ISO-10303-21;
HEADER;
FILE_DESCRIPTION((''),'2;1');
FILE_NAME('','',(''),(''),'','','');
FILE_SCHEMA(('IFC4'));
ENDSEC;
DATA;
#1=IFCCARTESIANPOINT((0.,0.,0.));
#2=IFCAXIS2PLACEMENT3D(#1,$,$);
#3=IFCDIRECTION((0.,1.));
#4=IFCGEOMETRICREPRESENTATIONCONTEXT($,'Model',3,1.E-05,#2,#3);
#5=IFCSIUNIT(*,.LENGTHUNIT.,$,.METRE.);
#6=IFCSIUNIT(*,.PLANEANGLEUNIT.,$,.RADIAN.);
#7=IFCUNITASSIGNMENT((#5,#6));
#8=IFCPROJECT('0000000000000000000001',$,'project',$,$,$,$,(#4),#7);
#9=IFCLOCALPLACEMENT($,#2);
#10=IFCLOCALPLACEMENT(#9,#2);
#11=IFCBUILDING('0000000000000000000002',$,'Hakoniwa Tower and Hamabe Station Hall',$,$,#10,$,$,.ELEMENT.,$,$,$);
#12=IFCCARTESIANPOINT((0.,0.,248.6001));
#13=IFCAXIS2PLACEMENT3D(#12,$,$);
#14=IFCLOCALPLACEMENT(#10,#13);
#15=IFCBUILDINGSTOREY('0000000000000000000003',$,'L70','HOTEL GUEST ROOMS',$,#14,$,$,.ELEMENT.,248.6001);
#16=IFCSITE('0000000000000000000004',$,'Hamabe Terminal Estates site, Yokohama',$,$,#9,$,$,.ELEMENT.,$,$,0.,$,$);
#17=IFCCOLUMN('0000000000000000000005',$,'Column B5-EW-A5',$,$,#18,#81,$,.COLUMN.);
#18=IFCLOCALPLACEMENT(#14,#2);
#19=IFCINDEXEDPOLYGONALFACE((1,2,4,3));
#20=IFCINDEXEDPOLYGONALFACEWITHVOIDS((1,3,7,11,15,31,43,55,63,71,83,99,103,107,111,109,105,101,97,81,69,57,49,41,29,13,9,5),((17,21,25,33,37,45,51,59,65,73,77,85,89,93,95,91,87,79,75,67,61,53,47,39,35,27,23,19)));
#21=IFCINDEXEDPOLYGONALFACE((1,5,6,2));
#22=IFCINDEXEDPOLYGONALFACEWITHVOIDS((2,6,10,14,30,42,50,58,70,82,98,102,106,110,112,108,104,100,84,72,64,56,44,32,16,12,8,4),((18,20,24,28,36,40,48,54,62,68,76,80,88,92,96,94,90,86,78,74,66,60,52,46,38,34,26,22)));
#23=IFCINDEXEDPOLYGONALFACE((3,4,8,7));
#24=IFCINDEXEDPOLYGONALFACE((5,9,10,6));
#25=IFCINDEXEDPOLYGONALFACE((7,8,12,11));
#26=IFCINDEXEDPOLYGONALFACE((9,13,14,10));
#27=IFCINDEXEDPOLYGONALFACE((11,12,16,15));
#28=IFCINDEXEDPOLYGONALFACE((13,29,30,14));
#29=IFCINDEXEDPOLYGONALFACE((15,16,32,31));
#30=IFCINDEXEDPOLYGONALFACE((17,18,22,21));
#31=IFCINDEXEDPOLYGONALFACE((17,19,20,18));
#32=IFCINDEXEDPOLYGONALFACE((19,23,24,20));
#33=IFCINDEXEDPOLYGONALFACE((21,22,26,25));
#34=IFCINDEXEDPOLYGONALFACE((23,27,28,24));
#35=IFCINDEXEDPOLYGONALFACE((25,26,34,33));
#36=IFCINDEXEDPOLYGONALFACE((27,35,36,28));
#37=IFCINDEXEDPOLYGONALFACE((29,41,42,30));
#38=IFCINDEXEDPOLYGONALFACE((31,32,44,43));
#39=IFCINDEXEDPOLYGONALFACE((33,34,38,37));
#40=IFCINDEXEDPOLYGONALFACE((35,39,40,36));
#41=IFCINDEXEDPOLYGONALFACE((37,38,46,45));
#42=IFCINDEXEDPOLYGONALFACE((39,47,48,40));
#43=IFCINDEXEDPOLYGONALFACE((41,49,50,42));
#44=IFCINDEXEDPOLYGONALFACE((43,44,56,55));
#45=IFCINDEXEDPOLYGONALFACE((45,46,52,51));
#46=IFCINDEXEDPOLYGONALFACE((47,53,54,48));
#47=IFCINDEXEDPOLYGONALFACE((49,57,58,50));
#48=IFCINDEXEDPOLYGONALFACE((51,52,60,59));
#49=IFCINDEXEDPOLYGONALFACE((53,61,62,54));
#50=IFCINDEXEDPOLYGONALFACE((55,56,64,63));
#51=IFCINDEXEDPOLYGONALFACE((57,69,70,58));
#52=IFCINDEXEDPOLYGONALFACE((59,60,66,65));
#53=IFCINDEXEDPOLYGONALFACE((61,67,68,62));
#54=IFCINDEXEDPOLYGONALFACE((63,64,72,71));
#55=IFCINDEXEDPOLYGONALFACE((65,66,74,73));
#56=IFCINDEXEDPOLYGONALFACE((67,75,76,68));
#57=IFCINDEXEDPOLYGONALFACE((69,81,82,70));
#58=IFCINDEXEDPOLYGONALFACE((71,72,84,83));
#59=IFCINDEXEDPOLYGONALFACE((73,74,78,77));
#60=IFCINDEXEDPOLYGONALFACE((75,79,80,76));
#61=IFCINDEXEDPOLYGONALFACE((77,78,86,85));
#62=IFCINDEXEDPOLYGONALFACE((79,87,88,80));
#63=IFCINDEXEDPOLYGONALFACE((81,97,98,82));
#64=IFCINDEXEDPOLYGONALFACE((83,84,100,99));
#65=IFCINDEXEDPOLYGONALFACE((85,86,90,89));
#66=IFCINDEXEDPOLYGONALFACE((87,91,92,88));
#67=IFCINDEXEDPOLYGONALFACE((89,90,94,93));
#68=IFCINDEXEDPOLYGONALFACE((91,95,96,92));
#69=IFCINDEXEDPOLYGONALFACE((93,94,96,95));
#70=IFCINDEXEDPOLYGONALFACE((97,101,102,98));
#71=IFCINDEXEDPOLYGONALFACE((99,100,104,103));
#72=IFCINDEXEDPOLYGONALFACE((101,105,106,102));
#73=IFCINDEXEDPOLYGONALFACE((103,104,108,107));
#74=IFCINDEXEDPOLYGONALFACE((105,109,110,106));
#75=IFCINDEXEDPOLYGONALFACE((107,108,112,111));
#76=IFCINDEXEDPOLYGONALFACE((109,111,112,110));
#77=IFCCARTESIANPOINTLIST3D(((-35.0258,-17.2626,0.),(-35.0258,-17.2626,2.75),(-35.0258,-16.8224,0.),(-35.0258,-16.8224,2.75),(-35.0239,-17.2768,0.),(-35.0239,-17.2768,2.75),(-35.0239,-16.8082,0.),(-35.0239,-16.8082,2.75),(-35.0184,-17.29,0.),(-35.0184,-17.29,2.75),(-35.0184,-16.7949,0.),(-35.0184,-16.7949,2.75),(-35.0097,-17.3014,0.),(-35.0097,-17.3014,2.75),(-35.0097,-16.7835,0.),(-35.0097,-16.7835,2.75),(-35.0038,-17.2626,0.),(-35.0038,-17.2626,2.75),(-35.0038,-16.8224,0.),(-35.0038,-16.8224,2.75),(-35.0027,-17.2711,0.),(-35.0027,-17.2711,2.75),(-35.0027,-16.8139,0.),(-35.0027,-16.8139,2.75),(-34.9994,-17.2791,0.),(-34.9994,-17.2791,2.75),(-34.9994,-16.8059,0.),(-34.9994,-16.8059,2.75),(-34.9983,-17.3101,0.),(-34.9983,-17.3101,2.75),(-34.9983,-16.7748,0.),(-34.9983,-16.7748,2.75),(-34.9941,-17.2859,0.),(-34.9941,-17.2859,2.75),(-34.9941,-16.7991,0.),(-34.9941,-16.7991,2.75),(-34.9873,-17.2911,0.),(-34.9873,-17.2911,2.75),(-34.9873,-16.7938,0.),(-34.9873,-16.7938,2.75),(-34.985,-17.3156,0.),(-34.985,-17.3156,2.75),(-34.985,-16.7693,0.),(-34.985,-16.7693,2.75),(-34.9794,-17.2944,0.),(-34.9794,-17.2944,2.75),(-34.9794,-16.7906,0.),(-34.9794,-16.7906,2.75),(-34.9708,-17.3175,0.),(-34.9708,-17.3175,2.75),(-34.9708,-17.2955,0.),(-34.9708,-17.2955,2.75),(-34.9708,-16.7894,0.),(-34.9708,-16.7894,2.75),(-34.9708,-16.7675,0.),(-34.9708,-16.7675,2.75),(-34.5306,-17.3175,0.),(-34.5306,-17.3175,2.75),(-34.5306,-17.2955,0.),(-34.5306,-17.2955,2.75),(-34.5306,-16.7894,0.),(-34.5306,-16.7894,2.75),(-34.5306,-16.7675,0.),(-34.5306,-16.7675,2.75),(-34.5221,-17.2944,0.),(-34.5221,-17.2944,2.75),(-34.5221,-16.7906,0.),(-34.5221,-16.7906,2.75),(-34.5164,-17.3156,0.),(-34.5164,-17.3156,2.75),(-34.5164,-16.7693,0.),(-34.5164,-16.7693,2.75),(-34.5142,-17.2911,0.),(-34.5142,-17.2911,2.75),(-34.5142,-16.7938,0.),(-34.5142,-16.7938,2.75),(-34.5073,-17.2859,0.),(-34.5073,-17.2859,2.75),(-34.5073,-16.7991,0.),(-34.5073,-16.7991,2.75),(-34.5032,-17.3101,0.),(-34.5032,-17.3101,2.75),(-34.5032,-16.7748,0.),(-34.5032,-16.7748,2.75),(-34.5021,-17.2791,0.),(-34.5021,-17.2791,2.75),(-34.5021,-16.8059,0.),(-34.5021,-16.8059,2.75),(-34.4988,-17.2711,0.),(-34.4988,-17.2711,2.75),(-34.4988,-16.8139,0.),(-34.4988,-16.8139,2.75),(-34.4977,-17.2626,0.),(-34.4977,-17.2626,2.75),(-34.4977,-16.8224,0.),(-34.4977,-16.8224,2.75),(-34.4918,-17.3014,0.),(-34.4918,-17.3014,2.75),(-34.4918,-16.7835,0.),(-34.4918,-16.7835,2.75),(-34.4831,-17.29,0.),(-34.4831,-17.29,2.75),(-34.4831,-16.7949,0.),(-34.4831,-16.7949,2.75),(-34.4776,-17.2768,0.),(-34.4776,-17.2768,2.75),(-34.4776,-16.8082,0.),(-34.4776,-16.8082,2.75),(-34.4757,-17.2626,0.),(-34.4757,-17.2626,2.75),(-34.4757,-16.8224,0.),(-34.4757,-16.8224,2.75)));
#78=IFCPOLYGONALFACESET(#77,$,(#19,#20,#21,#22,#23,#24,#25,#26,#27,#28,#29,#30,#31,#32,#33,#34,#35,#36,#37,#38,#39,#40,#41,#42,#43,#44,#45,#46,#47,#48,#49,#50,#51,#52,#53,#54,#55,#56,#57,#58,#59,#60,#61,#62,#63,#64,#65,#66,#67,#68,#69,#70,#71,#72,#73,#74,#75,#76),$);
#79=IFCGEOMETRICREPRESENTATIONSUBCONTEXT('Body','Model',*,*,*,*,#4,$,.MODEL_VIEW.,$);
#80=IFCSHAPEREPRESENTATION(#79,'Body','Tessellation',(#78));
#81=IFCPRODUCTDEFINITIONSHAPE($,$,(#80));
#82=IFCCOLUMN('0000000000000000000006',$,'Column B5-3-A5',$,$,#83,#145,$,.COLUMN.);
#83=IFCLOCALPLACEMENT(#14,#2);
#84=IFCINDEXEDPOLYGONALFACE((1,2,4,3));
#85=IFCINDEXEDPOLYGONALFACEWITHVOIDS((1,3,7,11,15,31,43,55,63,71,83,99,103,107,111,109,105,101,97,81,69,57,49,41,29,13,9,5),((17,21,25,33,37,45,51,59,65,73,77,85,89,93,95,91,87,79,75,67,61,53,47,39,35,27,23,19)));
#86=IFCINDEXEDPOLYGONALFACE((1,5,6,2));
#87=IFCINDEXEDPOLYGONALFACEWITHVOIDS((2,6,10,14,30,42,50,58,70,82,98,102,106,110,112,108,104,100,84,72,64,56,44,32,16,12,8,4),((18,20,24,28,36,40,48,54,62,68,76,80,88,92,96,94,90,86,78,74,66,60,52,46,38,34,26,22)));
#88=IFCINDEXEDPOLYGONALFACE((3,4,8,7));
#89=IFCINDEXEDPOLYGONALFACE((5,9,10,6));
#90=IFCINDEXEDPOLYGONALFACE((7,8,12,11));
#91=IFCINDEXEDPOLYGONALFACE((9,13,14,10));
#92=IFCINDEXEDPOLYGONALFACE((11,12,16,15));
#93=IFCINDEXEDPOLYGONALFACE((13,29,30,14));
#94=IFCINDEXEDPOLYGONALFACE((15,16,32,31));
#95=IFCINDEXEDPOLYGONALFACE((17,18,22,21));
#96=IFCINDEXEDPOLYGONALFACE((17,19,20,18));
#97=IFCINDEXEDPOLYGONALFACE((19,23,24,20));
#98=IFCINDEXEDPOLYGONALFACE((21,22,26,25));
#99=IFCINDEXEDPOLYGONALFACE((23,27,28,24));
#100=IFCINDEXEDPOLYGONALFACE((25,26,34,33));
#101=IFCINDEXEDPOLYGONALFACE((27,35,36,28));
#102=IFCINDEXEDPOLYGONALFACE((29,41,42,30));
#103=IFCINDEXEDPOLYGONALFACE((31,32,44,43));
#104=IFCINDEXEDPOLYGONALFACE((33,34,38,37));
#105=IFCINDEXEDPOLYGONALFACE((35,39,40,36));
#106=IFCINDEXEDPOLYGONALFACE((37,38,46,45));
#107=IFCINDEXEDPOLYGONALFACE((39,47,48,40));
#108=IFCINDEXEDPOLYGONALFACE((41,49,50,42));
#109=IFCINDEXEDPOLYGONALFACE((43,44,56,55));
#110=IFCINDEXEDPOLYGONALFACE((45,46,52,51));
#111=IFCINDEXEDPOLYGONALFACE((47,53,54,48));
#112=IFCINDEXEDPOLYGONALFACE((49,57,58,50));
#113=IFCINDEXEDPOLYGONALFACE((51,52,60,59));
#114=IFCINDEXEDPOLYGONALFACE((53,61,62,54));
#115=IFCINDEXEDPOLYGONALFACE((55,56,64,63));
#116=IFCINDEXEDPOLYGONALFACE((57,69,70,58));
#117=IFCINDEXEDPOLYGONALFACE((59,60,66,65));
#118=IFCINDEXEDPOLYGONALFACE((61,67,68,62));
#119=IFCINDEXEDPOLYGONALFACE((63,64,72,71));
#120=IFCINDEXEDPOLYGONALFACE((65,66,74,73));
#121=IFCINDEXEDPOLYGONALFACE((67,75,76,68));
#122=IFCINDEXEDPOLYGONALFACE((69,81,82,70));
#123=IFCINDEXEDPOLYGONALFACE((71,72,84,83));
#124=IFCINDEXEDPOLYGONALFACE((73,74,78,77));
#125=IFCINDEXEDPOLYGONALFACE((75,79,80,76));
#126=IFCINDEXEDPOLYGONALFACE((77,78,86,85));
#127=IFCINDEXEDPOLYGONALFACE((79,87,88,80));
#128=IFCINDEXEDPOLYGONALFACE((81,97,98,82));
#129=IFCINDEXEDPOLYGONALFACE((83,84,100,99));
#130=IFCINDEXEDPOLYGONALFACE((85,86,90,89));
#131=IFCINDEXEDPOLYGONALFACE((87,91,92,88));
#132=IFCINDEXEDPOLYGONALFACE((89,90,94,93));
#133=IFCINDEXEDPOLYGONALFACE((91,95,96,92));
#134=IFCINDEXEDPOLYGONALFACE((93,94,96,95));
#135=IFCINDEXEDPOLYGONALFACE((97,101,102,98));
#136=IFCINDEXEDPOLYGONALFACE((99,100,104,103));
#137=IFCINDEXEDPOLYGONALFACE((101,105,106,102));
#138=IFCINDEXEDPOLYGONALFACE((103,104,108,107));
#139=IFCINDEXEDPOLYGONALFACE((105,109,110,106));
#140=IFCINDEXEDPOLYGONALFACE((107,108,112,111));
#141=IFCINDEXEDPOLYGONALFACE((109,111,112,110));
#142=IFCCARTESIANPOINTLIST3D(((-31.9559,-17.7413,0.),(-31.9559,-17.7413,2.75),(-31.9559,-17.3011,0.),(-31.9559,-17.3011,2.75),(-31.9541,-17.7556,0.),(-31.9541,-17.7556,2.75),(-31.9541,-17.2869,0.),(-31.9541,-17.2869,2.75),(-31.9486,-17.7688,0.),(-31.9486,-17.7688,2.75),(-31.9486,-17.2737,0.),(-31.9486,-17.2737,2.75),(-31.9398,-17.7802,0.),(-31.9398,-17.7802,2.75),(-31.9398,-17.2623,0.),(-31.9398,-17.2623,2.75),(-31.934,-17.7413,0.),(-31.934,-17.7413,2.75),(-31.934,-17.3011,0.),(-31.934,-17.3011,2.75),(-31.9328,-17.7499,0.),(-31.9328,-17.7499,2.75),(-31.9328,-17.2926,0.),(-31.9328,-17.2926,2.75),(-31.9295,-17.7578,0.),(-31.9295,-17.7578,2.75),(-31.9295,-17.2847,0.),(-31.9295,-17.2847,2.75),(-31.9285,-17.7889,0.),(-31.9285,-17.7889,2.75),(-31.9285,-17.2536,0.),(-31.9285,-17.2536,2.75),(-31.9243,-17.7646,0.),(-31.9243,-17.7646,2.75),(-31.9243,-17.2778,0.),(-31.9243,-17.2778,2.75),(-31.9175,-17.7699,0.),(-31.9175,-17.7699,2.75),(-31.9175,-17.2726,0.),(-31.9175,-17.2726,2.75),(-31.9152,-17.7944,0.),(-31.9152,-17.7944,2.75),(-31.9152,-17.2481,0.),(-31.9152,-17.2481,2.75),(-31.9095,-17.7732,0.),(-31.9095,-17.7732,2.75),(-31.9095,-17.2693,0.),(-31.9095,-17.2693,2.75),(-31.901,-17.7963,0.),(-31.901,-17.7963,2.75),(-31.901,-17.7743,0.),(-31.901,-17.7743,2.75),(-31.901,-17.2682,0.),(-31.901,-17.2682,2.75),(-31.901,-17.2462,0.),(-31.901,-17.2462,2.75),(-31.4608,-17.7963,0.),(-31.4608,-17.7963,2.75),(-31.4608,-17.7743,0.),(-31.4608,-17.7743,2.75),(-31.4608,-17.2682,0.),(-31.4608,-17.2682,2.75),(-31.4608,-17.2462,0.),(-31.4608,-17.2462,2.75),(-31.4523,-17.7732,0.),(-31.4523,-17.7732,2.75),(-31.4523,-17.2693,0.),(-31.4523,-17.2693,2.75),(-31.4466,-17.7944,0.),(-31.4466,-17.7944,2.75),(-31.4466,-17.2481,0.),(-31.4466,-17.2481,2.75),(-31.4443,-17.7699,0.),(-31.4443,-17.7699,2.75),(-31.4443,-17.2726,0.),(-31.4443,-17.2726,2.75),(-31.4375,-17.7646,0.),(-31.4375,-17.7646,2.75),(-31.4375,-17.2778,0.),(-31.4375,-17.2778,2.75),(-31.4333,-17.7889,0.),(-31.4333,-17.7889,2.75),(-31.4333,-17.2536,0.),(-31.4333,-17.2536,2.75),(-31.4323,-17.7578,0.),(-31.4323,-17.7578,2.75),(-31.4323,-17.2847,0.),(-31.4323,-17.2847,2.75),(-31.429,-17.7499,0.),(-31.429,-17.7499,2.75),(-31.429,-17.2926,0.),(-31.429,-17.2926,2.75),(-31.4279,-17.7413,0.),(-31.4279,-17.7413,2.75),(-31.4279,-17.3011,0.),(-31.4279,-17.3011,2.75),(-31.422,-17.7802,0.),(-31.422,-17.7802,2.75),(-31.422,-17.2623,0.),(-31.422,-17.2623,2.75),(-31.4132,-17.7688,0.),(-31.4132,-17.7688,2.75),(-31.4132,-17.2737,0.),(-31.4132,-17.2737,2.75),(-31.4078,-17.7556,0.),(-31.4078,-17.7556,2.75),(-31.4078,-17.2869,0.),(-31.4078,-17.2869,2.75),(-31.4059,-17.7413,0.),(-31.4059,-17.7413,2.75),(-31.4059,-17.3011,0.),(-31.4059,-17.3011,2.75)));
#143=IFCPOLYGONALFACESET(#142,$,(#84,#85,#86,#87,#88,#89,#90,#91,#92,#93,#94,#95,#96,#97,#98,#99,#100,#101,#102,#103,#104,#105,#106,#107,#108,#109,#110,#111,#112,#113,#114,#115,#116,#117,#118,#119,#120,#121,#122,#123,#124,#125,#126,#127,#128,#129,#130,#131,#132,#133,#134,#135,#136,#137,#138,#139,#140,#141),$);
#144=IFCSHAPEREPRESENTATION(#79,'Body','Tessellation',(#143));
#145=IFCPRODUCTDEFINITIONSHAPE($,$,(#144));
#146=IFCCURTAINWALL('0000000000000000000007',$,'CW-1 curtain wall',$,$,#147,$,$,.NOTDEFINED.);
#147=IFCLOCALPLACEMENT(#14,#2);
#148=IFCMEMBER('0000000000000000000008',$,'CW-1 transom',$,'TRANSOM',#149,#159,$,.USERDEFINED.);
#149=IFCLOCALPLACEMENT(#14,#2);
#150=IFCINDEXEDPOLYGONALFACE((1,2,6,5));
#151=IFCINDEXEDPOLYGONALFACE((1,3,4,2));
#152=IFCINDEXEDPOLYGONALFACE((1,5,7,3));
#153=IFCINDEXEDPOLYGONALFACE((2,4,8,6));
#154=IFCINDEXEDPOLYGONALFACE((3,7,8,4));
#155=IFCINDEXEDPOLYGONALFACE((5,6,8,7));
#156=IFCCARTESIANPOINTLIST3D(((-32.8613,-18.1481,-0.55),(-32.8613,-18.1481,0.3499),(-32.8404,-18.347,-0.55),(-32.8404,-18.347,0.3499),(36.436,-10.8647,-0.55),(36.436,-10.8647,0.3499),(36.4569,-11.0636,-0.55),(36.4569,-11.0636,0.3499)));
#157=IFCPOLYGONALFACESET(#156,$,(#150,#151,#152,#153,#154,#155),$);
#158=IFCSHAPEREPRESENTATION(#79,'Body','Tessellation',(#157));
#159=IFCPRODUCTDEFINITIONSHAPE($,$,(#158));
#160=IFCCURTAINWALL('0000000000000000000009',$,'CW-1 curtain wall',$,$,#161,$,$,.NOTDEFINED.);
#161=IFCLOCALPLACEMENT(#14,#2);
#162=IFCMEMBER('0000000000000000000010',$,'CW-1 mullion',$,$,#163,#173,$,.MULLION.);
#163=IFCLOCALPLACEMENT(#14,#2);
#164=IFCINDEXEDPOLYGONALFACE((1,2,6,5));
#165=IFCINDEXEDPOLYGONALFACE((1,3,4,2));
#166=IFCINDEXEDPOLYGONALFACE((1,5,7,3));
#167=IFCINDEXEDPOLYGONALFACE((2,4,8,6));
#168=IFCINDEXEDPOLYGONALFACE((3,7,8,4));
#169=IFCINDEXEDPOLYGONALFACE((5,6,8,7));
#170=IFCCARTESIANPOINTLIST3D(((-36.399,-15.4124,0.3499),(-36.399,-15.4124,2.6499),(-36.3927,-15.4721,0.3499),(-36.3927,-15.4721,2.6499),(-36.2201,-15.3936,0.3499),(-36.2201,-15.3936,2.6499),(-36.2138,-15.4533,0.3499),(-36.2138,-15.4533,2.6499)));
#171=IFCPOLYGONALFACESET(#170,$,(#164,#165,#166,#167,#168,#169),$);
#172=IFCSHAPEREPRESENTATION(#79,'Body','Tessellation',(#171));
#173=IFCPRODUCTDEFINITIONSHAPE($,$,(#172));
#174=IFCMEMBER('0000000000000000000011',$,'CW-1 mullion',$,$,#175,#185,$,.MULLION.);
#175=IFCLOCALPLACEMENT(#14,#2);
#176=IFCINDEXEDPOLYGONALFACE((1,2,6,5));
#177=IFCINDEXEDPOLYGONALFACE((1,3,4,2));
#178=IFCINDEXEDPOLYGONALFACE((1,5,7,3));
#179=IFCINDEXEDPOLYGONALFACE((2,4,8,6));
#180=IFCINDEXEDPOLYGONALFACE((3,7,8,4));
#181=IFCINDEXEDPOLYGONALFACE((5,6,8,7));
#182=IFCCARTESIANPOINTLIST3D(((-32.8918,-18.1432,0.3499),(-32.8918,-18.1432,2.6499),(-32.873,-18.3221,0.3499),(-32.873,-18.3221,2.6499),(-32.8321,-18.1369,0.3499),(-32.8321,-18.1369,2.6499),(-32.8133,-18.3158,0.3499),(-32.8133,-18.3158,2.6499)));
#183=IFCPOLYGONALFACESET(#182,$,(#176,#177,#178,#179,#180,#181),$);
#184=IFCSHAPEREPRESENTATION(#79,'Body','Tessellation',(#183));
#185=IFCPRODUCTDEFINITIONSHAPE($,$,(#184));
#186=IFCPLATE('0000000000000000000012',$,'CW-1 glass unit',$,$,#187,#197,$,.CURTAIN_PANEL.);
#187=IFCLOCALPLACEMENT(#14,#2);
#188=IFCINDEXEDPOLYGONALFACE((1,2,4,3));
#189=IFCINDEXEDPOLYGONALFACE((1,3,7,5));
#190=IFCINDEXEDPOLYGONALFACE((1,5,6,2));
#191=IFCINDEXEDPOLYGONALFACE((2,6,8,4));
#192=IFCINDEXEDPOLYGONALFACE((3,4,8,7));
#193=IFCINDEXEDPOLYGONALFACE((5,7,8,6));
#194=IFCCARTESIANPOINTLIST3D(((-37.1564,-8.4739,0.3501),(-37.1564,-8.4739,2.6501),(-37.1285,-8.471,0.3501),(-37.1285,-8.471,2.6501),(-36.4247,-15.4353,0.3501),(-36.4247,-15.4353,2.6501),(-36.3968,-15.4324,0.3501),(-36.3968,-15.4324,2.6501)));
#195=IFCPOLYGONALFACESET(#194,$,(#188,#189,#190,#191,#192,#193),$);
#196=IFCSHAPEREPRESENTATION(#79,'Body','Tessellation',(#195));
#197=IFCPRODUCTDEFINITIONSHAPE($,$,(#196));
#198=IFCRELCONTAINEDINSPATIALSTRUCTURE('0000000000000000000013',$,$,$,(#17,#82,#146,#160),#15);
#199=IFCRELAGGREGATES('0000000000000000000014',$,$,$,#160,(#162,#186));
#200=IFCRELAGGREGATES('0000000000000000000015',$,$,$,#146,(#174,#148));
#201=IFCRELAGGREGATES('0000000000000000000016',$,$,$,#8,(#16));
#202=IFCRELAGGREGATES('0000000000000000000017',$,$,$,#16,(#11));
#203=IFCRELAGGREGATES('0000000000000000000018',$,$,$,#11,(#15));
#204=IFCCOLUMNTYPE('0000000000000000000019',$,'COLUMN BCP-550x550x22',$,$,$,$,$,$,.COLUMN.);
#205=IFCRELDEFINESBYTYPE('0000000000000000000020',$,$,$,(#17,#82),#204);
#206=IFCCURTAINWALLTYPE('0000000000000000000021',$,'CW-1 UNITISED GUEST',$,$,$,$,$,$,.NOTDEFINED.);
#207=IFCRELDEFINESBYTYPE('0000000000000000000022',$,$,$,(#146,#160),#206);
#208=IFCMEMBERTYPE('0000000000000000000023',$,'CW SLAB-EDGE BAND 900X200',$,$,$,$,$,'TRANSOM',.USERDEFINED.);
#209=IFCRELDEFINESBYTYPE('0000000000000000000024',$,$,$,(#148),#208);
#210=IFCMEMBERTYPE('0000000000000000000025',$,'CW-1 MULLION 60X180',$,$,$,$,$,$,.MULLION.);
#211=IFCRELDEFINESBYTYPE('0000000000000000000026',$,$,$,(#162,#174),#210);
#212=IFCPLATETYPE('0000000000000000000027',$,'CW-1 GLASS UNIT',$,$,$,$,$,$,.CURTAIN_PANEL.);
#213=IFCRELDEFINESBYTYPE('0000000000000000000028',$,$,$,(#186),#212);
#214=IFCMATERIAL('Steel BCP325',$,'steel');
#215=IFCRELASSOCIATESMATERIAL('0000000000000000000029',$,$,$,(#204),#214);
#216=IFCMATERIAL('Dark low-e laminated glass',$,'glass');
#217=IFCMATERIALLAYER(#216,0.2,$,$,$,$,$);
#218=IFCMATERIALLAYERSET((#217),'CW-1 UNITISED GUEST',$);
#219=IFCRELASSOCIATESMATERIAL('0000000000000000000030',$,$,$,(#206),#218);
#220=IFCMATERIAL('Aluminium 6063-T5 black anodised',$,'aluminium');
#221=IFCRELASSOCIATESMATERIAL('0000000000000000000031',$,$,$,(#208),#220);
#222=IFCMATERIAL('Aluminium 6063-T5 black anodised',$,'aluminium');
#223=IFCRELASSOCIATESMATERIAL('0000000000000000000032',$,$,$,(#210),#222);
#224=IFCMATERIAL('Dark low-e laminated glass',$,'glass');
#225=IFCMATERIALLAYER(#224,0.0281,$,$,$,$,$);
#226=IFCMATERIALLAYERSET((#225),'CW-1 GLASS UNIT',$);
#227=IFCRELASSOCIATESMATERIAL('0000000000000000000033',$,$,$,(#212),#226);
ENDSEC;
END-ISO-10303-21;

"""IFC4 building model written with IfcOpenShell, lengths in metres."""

from ifc_helpers import new_model, si_unit, direction, frame, origin, origin_2d, place, context, subcontext, project, spatial, rectangle, hollow_rectangle, extrude, material, layer, layer_set, material_profile, profile_set, type_object, element, aggregate, save


model = new_model("IFC4")

# Units and contexts
model_context = context("Model", 3, precision=1e-05, world=origin(), true_north=direction((0.0, 1.0)))
body_context = subcontext(model_context, "Body", "Model", "MODEL_VIEW")
ifc_project = project(units=[si_unit("LENGTHUNIT", "METRE"), si_unit("PLANEANGLEUNIT", "RADIAN")], contexts=[model_context])

# Site, building, storey
site_placement = place(None, origin())
site = spatial("IfcSite", under=ifc_project, at=site_placement, Name="Hamabe Terminal Estates site, Yokohama", CompositionType="ELEMENT", RefElevation=0.0)
building_placement = place(site_placement, origin())
building = spatial("IfcBuilding", under=site, at=building_placement, Name="Hakoniwa Tower and Hamabe Station Hall", CompositionType="ELEMENT")
storey_placement = place(building_placement, frame((0.0, 0.0, 248.6001)))
storey = spatial("IfcBuildingStorey", under=building, at=storey_placement, Name="L70", Description="HOTEL GUEST ROOMS", CompositionType="ELEMENT", Elevation=248.6001)

# Columns
ifc_material_1 = material(Name="Steel BCP325", Category="steel")
ifc_material_profile_1 = material_profile(ifc_material_1, hollow_rectangle(XDim=0.55, YDim=0.55, WallThickness=0.022, InnerFilletRadius=0.033, OuterFilletRadius=0.0549, at=origin_2d()), Name="BCP-550x550x22")
ifc_profile_set_1 = profile_set([ifc_material_profile_1], Name="Steel BCP325")
column_type = type_object("IfcColumnType", Name="COLUMN BCP-550x550x22", PredefinedType="COLUMN", material=ifc_profile_set_1)
for number, where, z_axis, x_axis, name in (
    (1, (-34.7507, -17.0425, 0.0), (0.0, 0.0, 1.0), (1.0, 0.0, 0.0), "Column B5-EW-A5"),
    (2, (-31.6809, -17.5212, 0.0), (0.0, 0.0, 1.0), (1.0, 0.0, 0.0), "Column B5-3-A5"),
):
    element("IfcColumn", number, at=place(storey_placement, frame(where, z_axis=z_axis, x_axis=x_axis)), inside=storey, type_object=column_type, Name=name, PredefinedType="COLUMN", context=body_context, shape_type="SweptSolid", body=[
        extrude(hollow_rectangle(XDim=0.55, YDim=0.55, WallThickness=0.022, InnerFilletRadius=0.033, OuterFilletRadius=0.0549, at=origin_2d()), origin(), (0.0, 0.0, 1.0), 2.75),
    ])

# Curtain walls, members
ifc_material_2 = material(Name="Dark low-e laminated glass", Category="glass")
ifc_layer_1 = layer(ifc_material_2, 0.2)
ifc_layer_set_1 = layer_set([ifc_layer_1], Name="CW-1 UNITISED GUEST")
curtain_wall_type = type_object("IfcCurtainWallType", Name="CW-1 UNITISED GUEST", PredefinedType="NOTDEFINED", material=ifc_layer_set_1)
curtain_wall_1_placement = place(storey_placement, origin())
curtain_wall_1 = element("IfcCurtainWall", 3, at=curtain_wall_1_placement, inside=storey, type_object=curtain_wall_type, Name="CW-1 curtain wall", PredefinedType="NOTDEFINED")
ifc_material_3 = material(Name="Aluminium 6063-T5 black anodised", Category="aluminium")
ifc_material_profile_2 = material_profile(ifc_material_3, rectangle(XDim=0.2, YDim=0.8999, at=origin_2d()), Name="CW SLAB-EDGE BAND 900X200")
ifc_profile_set_2 = profile_set([ifc_material_profile_2], Name="Aluminium 6063-T5 black anodised")
member_type_1 = type_object("IfcMemberType", Name="CW SLAB-EDGE BAND 900X200", ElementType="TRANSOM", PredefinedType="USERDEFINED", material=ifc_profile_set_2)
member_1_placement = place(storey_placement, frame((-32.8508, -18.2476, -0.1001), z_axis=(0.994522, 0.104528, 0.0), x_axis=(-0.104528, 0.994522, 0.0)))
member_1 = element("IfcMember", 4, at=member_1_placement, type_object=member_type_1, Name="CW-1 transom", ObjectType="TRANSOM", PredefinedType="USERDEFINED", context=body_context, shape_type="SweptSolid", body=[
    extrude(rectangle(XDim=0.2, YDim=0.8999, at=origin_2d()), origin(), (0.0, 0.0, 1.0), 69.679),
])
curtain_wall_2_placement = place(storey_placement, origin())
curtain_wall_2 = element("IfcCurtainWall", 5, at=curtain_wall_2_placement, inside=storey, type_object=curtain_wall_type, Name="CW-1 curtain wall", PredefinedType="NOTDEFINED")
ifc_material_4 = material(Name="Aluminium 6063-T5 black anodised", Category="aluminium")
ifc_material_profile_3 = material_profile(ifc_material_4, rectangle(XDim=0.0601, YDim=0.1799, at=origin_2d()), Name="CW-1 MULLION 60X180")
ifc_profile_set_3 = profile_set([ifc_material_profile_3], Name="Aluminium 6063-T5 black anodised")
member_type_2 = type_object("IfcMemberType", Name="CW-1 MULLION 60X180", PredefinedType="MULLION", material=ifc_profile_set_3)
member_2_placement = place(storey_placement, frame((-36.3064, -15.4329, 0.3499), z_axis=(0.0, 0.0, 1.0), x_axis=(0.104528, -0.994522, 0.0)))
member_2 = element("IfcMember", 6, at=member_2_placement, type_object=member_type_2, Name="CW-1 mullion", PredefinedType="MULLION", context=body_context, shape_type="SweptSolid", body=[
    extrude(rectangle(XDim=0.0601, YDim=0.1799, at=origin_2d()), origin(), (0.0, 0.0, 1.0), 2.3),
])

# Member
member_3_placement = place(storey_placement, frame((-32.8525, -18.2295, 0.3499), z_axis=(0.0, 0.0, 1.0), x_axis=(0.994522, 0.104528, 0.0)))
member_3 = element("IfcMember", 7, at=member_3_placement, type_object=member_type_2, Name="CW-1 mullion", PredefinedType="MULLION", context=body_context, shape_type="SweptSolid", body=[
    extrude(rectangle(XDim=0.0601, YDim=0.1799, at=origin_2d()), origin(), (0.0, 0.0, 1.0), 2.3),
])

# Plate
ifc_material_5 = material(Name="Dark low-e laminated glass", Category="glass")
ifc_layer_2 = layer(ifc_material_5, 0.0281)
ifc_layer_set_2 = layer_set([ifc_layer_2], Name="CW-1 GLASS UNIT")
plate_type = type_object("IfcPlateType", Name="CW-1 GLASS UNIT", PredefinedType="CURTAIN_PANEL", material=ifc_layer_set_2)
plate_1_placement = place(storey_placement, frame((-36.7766, -11.9531, 0.3501), z_axis=(0.0, 0.0, 1.0), x_axis=(0.104528, -0.994522, 0.0)))
plate_1 = element("IfcPlate", 8, at=plate_1_placement, type_object=plate_type, Name="CW-1 glass unit", PredefinedType="CURTAIN_PANEL", context=body_context, shape_type="SweptSolid", body=[
    extrude(rectangle(XDim=6.9998, YDim=0.0281, at=origin_2d()), origin(), (0.0, 0.0, 1.0), 2.3),
])
aggregate(curtain_wall_2, [member_2, plate_1])
aggregate(curtain_wall_1, [member_3, member_1])

save(model, "model.ifc")
